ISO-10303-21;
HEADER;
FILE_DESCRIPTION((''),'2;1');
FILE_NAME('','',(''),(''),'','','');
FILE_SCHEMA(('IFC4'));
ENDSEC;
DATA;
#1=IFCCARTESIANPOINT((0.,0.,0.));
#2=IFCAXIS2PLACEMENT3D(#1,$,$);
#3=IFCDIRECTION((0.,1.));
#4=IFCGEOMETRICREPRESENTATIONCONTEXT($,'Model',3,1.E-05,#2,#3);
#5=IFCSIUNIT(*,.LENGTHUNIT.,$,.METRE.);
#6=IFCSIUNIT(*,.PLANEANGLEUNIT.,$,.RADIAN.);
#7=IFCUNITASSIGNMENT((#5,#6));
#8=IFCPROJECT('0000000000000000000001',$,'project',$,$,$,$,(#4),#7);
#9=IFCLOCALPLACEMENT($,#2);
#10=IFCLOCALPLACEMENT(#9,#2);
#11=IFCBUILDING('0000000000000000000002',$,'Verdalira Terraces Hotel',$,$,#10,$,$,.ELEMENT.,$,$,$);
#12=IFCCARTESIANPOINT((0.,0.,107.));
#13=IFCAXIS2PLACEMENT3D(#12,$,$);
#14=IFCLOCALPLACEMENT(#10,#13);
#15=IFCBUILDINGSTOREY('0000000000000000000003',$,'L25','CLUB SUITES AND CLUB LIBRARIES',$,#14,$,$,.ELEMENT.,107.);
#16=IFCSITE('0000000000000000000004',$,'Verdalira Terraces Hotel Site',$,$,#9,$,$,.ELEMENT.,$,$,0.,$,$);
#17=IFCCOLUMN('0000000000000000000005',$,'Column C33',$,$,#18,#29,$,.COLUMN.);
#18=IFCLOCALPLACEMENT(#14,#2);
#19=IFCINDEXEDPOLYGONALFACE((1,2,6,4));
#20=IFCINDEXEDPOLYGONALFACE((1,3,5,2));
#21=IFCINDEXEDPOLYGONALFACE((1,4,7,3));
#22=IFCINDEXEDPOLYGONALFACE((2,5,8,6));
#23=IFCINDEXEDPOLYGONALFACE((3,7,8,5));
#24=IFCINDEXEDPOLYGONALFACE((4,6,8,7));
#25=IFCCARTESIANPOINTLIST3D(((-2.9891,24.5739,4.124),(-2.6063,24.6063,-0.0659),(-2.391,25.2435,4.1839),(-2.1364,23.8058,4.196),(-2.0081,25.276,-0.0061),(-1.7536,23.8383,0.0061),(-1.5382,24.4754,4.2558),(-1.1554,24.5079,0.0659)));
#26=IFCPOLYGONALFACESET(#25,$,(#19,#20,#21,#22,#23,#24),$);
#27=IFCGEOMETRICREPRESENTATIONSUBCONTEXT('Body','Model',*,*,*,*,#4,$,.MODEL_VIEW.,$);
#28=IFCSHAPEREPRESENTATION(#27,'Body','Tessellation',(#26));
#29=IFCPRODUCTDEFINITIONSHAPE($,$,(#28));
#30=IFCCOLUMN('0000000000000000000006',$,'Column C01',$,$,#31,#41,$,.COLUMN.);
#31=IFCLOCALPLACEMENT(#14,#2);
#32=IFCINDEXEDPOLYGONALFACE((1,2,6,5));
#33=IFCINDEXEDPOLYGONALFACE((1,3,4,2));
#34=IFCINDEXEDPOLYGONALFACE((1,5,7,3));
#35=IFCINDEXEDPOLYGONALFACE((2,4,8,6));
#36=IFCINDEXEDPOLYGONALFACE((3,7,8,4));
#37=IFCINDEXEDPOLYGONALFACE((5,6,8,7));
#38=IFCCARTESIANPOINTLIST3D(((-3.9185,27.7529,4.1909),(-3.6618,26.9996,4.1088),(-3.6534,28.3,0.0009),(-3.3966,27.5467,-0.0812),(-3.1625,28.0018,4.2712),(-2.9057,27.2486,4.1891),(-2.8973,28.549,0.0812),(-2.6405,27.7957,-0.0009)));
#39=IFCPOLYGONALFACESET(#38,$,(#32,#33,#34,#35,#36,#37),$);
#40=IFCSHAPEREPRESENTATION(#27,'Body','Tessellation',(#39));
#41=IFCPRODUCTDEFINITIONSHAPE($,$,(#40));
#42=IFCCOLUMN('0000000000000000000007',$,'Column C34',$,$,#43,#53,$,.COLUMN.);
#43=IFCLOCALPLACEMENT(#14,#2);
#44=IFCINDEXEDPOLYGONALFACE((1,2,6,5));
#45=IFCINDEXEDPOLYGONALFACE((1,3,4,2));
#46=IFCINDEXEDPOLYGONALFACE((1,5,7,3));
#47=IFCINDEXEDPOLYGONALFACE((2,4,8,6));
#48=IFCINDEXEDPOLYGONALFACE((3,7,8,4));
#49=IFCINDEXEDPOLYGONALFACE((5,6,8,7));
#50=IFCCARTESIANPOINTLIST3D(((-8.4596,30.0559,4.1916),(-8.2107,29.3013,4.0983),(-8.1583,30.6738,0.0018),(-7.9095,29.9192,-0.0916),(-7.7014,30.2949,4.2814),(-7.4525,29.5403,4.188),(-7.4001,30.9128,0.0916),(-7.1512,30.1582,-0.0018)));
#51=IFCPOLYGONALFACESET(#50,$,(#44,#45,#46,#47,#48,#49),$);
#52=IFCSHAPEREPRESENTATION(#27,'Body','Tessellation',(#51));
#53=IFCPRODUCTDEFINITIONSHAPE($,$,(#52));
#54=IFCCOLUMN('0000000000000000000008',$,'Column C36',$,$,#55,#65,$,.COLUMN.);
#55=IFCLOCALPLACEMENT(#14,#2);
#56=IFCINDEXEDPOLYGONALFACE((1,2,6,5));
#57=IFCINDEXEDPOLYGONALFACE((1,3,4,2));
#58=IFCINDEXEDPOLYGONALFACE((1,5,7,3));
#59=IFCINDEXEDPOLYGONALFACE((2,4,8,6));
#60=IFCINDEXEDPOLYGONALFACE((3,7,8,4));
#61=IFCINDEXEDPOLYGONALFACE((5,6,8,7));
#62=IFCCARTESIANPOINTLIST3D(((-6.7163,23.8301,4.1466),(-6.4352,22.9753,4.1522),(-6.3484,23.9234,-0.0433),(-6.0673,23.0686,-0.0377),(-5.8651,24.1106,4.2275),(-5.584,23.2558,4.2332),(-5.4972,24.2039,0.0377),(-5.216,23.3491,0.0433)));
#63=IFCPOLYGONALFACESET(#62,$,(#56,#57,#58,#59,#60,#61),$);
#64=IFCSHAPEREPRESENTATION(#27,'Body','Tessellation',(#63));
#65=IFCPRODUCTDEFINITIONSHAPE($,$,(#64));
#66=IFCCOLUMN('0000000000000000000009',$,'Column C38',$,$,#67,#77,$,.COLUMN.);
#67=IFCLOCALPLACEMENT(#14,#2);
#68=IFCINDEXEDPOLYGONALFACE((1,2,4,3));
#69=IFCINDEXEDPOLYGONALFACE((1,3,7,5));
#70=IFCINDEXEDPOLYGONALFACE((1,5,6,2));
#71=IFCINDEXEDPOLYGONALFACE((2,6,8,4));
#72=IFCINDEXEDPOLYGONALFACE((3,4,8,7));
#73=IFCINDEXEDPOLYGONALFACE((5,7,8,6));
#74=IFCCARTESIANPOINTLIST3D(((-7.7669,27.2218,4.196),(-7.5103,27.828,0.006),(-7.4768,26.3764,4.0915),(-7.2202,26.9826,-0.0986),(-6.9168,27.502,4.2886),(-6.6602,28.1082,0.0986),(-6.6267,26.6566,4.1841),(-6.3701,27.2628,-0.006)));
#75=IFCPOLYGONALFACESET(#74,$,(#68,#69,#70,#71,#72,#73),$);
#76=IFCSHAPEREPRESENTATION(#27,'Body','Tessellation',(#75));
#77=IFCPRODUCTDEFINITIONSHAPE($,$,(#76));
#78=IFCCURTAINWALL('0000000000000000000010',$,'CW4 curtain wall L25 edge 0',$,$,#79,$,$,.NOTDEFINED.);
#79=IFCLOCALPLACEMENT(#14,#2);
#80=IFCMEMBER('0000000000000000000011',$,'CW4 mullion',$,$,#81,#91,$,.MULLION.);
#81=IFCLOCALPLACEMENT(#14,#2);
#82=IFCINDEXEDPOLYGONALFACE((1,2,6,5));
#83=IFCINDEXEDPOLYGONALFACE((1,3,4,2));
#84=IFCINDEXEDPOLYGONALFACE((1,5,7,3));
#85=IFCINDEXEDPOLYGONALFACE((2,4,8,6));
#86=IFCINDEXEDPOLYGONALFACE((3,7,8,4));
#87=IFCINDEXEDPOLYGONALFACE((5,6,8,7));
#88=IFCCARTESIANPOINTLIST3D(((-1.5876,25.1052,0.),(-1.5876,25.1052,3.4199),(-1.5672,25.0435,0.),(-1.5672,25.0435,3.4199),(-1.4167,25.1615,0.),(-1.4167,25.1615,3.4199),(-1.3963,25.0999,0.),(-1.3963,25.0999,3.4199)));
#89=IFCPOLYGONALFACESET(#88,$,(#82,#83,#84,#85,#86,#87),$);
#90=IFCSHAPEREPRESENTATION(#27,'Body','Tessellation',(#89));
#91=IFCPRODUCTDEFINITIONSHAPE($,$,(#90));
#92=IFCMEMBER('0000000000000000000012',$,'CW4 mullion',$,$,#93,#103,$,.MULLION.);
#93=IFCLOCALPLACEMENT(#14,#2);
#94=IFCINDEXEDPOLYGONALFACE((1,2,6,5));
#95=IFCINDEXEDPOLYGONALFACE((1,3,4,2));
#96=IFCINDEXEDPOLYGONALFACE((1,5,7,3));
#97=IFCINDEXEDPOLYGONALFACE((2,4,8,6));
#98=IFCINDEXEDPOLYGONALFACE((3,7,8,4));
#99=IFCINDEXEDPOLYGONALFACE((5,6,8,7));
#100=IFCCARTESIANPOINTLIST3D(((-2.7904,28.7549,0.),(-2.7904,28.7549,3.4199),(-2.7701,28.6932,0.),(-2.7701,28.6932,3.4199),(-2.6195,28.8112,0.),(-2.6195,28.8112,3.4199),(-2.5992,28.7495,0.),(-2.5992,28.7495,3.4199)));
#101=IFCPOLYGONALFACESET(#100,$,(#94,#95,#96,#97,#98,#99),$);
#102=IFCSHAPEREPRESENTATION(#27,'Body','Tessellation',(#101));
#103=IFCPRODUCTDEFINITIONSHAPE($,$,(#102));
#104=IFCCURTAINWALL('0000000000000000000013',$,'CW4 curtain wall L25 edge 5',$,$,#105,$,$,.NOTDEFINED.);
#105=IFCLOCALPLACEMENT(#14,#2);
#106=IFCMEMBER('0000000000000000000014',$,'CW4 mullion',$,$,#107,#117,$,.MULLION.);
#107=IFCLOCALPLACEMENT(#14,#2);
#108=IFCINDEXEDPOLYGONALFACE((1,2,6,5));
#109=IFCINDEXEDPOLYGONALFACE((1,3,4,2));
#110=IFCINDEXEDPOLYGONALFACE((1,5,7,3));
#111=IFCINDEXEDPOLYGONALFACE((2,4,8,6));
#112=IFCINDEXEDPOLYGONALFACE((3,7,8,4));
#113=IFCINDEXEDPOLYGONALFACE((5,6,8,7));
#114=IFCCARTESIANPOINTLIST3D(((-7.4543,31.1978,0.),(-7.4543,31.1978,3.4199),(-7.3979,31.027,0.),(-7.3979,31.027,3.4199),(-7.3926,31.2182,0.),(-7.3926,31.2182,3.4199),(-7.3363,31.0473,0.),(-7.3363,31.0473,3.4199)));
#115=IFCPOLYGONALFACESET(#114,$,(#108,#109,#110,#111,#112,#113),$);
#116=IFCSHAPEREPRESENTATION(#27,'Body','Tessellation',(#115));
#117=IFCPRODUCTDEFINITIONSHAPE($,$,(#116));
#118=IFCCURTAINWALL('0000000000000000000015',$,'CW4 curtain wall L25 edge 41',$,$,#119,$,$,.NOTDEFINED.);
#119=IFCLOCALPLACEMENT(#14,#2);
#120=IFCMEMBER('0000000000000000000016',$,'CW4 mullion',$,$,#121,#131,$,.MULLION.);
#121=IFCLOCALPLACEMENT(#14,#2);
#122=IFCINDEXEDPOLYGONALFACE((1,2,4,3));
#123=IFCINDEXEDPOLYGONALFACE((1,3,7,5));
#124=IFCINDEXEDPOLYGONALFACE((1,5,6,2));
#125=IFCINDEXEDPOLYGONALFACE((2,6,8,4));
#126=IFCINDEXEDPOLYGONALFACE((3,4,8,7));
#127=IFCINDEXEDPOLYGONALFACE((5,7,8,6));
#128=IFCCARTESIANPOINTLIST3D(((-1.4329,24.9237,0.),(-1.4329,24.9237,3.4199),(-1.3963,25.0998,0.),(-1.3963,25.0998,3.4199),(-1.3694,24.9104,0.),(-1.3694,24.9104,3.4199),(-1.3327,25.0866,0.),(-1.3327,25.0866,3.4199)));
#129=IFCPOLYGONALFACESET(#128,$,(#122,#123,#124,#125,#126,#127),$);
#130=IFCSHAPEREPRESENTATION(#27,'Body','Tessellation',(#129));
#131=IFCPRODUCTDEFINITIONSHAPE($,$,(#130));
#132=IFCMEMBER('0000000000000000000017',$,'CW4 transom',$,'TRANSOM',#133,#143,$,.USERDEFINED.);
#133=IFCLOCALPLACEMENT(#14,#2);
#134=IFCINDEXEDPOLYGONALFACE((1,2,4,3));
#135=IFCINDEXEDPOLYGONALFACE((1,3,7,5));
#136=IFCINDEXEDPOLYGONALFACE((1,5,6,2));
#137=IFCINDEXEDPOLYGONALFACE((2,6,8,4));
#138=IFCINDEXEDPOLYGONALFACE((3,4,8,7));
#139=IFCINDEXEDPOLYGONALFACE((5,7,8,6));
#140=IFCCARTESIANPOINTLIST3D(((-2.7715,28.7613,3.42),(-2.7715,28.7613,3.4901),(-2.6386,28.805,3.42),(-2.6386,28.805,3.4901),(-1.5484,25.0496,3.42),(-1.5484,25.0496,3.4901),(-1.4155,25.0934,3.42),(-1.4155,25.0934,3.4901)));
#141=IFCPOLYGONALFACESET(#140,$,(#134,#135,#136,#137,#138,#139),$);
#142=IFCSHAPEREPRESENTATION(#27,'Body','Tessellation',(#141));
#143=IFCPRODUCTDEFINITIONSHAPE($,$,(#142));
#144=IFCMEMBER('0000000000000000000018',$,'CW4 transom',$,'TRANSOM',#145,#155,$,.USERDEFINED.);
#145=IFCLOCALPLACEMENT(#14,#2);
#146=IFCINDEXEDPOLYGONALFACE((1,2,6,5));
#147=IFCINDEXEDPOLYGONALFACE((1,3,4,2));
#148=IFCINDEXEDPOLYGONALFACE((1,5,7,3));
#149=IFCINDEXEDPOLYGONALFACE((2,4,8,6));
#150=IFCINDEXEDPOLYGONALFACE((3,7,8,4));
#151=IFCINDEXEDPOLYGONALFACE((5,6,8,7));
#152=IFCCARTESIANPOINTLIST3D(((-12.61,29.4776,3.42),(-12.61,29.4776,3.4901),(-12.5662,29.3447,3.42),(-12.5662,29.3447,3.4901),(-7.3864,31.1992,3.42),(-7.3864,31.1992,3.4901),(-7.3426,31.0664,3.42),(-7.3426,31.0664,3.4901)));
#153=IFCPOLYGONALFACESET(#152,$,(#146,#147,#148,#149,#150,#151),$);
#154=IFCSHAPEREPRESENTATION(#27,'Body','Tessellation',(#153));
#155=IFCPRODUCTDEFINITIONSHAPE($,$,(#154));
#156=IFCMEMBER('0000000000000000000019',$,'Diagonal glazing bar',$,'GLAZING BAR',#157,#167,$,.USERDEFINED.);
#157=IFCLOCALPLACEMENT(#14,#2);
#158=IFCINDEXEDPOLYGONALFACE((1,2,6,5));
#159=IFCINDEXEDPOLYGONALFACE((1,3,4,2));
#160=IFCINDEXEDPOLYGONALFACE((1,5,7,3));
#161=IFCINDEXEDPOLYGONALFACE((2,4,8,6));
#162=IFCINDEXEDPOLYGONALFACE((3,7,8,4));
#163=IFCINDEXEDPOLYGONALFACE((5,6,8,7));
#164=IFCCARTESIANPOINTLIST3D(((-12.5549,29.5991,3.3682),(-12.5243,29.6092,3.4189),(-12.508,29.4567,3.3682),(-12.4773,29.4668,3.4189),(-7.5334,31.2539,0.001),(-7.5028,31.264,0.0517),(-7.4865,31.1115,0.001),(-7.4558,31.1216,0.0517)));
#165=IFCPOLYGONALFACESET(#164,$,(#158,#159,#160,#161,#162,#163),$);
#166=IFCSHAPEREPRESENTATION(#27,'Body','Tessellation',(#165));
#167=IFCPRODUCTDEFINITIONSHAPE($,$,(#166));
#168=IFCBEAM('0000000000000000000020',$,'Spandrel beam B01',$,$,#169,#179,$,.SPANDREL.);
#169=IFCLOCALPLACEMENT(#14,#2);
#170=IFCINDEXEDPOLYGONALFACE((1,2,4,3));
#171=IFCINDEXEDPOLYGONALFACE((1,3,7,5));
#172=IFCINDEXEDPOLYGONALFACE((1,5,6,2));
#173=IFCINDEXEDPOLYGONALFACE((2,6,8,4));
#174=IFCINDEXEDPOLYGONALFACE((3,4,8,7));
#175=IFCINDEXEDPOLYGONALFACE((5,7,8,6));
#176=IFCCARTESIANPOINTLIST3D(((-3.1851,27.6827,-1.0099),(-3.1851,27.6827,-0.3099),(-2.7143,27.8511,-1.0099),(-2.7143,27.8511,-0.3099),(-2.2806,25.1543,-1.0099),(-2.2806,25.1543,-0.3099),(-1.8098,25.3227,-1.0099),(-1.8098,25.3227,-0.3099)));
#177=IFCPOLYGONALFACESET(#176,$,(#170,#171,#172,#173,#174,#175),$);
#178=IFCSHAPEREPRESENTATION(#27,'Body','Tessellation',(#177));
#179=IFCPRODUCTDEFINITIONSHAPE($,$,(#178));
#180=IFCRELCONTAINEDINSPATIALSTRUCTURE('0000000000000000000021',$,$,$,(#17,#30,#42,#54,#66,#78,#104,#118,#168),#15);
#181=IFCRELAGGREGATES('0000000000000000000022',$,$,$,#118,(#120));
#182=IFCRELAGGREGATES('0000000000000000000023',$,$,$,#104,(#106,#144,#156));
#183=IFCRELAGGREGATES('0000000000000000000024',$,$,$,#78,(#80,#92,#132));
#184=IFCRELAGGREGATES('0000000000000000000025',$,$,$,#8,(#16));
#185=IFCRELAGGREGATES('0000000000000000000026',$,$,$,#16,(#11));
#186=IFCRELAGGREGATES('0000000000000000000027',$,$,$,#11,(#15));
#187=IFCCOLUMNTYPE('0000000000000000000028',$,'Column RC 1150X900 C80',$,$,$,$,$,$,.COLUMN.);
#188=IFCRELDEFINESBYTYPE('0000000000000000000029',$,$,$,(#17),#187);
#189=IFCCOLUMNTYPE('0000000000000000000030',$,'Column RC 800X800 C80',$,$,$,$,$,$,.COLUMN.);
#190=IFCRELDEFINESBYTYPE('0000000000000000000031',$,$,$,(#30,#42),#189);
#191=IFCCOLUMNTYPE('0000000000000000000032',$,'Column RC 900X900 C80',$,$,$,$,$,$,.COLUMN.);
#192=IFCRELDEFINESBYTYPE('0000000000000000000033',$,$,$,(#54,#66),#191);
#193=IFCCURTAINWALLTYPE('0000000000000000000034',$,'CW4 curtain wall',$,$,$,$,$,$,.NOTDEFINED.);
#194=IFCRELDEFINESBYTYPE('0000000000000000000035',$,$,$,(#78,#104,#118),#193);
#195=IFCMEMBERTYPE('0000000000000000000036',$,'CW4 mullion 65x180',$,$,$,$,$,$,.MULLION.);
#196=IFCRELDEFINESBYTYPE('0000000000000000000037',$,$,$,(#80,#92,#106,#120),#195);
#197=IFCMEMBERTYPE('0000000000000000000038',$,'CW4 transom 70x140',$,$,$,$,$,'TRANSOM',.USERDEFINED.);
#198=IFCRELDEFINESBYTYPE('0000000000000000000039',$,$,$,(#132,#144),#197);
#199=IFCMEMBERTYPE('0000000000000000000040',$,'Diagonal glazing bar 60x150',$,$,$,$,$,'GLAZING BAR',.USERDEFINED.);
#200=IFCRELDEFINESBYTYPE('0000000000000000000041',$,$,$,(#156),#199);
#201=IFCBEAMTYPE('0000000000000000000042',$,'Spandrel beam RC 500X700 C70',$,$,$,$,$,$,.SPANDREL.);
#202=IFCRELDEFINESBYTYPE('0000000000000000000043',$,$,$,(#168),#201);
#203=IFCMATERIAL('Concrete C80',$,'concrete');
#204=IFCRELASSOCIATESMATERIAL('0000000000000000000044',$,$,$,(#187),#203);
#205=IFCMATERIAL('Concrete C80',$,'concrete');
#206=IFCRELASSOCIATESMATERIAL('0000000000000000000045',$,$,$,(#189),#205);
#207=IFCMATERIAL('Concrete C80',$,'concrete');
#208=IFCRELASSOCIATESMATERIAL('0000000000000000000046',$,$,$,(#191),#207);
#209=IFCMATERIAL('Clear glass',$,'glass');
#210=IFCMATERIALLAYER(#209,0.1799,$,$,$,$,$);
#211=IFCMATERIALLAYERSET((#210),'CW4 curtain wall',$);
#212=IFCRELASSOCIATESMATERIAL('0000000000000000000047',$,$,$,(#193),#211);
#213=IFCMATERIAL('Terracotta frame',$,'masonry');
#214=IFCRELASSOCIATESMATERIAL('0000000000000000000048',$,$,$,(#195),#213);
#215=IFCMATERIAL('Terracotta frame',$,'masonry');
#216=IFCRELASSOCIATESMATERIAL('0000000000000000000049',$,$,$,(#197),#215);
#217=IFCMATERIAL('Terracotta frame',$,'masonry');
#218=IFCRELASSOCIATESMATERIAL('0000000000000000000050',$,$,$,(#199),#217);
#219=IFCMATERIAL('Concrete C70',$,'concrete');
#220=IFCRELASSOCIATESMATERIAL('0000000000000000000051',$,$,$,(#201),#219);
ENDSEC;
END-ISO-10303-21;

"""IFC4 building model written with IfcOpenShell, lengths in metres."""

from ifc_helpers import new_model, si_unit, direction, frame, origin, origin_2d, place, context, subcontext, project, spatial, rectangle, extrude, material, layer, layer_set, material_profile, profile_set, type_object, element, aggregate, save


model = new_model("IFC4")

# Units and contexts
model_context = context("Model", 3, precision=1e-05, world=origin(), true_north=direction((0.0, 1.0)))
body_context = subcontext(model_context, "Body", "Model", "MODEL_VIEW")
ifc_project = project(units=[si_unit("LENGTHUNIT", "METRE"), si_unit("PLANEANGLEUNIT", "RADIAN")], contexts=[model_context])

# Site, building, storey
site_placement = place(None, origin())
site = spatial("IfcSite", under=ifc_project, at=site_placement, Name="Verdalira Terraces Hotel Site", CompositionType="ELEMENT", RefElevation=0.0)
building_placement = place(site_placement, origin())
building = spatial("IfcBuilding", under=site, at=building_placement, Name="Verdalira Terraces Hotel", CompositionType="ELEMENT")
storey_placement = place(building_placement, frame((0.0, 0.0, 107.0)))
storey = spatial("IfcBuildingStorey", under=building, at=storey_placement, Name="L25", Description="CLUB SUITES AND CLUB LIBRARIES", CompositionType="ELEMENT", Elevation=107.0)

# Columns
ifc_material_1 = material(Name="Concrete C80", Category="concrete")
ifc_material_profile_1 = material_profile(ifc_material_1, rectangle(XDim=1.1499, YDim=0.8999, at=origin_2d()), Name="RC 1150X900")
ifc_profile_set_1 = profile_set([ifc_material_profile_1], Name="Concrete C80")
column_type_1 = type_object("IfcColumnType", Name="Column RC 1150X900 C80", PredefinedType="COLUMN", material=ifc_profile_set_1)
column_1_placement = place(storey_placement, frame((-1.8809, 24.5571, 0.0), z_axis=(-0.090983, -0.007717, 0.995823), x_axis=(0.741562, -0.66796, 0.062576)))
element("IfcColumn", 1, at=column_1_placement, inside=storey, type_object=column_type_1, Name="Column C33", PredefinedType="COLUMN", context=body_context, shape_type="SweptSolid", body=[
    extrude(rectangle(XDim=1.1499, YDim=0.8999, at=origin_2d()), origin(), (0.0, 0.0, 1.0), 4.2075),
])
ifc_material_2 = material(Name="Concrete C80", Category="concrete")
ifc_material_profile_2 = material_profile(ifc_material_2, rectangle(XDim=0.8, YDim=0.8, at=origin_2d()), Name="RC 800X800")
ifc_profile_set_2 = profile_set([ifc_material_profile_2], Name="Concrete C80")
column_type_2 = type_object("IfcColumnType", Name="Column RC 800X800 C80", PredefinedType="COLUMN", material=ifc_profile_set_2)
column_2_placement = place(storey_placement, frame((-3.147, 28.0479, 0.0), z_axis=(-0.062623, -0.129226, 0.989636), x_axis=(-0.320961, 0.941515, 0.102632)))
element("IfcColumn", 2, at=column_2_placement, inside=storey, type_object=column_type_2, Name="Column C01", PredefinedType="COLUMN", context=body_context, shape_type="SweptSolid", body=[
    extrude(rectangle(XDim=0.8, YDim=0.8, at=origin_2d()), origin(), (0.0, 0.0, 1.0), 4.2339),
])
column_3_placement = place(storey_placement, frame((-7.6548, 30.416, 0.0), z_axis=(-0.070954, -0.145531, 0.986806), x_axis=(-0.94774, -0.298666, -0.112192)))
element("IfcColumn", 3, at=column_3_placement, inside=storey, type_object=column_type_2, Name="Column C34", PredefinedType="COLUMN", context=body_context, shape_type="SweptSolid", body=[
    extrude(rectangle(XDim=0.8, YDim=0.8, at=origin_2d()), origin(), (0.0, 0.0, 1.0), 4.2458),
])
ifc_material_3 = material(Name="Concrete C80", Category="concrete")
ifc_material_profile_3 = material_profile(ifc_material_3, rectangle(XDim=0.8999, YDim=0.8999, at=origin_2d()), Name="RC 900X900")
ifc_profile_set_3 = profile_set([ifc_material_profile_3], Name="Concrete C80")
column_type_3 = type_object("IfcColumnType", Name="Column RC 900X900 C80", PredefinedType="COLUMN", material=ifc_profile_set_3)
column_4_placement = place(storey_placement, frame((-5.7822, 23.6362, 0.0), z_axis=(-0.087452, -0.022168, 0.995922), x_axis=(-0.312412, 0.949926, -0.006289)))
element("IfcColumn", 4, at=column_4_placement, inside=storey, type_object=column_type_3, Name="Column C36", PredefinedType="COLUMN", context=body_context, shape_type="SweptSolid", body=[
    extrude(rectangle(XDim=0.8999, YDim=0.8999, at=origin_2d()), origin(), (0.0, 0.0, 1.0), 4.207),
])
column_5_placement = place(storey_placement, frame((-6.9402, 27.5454, 0.0), z_axis=(-0.060498, -0.142927, 0.987883), x_axis=(-0.32234, 0.939467, 0.116182)))
element("IfcColumn", 5, at=column_5_placement, inside=storey, type_object=column_type_3, Name="Column C38", PredefinedType="COLUMN", context=body_context, shape_type="SweptSolid", body=[
    extrude(rectangle(XDim=0.8999, YDim=0.8999, at=origin_2d()), origin(), (0.0, 0.0, 1.0), 4.2415),
])

# Curtain wall, members
ifc_material_4 = material(Name="Clear glass", Category="glass")
ifc_layer_1 = layer(ifc_material_4, 0.1799)
ifc_layer_set_1 = layer_set([ifc_layer_1], Name="CW4 curtain wall")
curtain_wall_type = type_object("IfcCurtainWallType", Name="CW4 curtain wall", PredefinedType="NOTDEFINED", material=ifc_layer_set_1)
curtain_wall_1_placement = place(storey_placement, origin())
curtain_wall_1 = element("IfcCurtainWall", 6, at=curtain_wall_1_placement, inside=storey, type_object=curtain_wall_type, Name="CW4 curtain wall L25 edge 0", PredefinedType="NOTDEFINED")
ifc_material_5 = material(Name="Terracotta frame", Category="masonry")
ifc_material_profile_4 = material_profile(ifc_material_5, rectangle(XDim=0.0649, YDim=0.1799, at=origin_2d()), Name="MU 65x180")
ifc_profile_set_4 = profile_set([ifc_material_profile_4], Name="Terracotta frame")
member_type_1 = type_object("IfcMemberType", Name="CW4 mullion 65x180", PredefinedType="MULLION", material=ifc_profile_set_4)
member_1_placement = place(storey_placement, frame((-1.4919, 25.1025, 0.0), z_axis=(0.0, 0.0, 1.0), x_axis=(-0.312998, 0.949754, 0.0)))
member_1 = element("IfcMember", 7, at=member_1_placement, type_object=member_type_1, Name="CW4 mullion", PredefinedType="MULLION", context=body_context, shape_type="SweptSolid", body=[
    extrude(rectangle(XDim=0.0649, YDim=0.1799, at=origin_2d()), origin(), (0.0, 0.0, 1.0), 3.4199),
])
member_2_placement = place(storey_placement, frame((-2.6948, 28.7522, 0.0), z_axis=(0.0, 0.0, 1.0), x_axis=(-0.312998, 0.949754, 0.0)))
member_2 = element("IfcMember", 8, at=member_2_placement, type_object=member_type_1, Name="CW4 mullion", PredefinedType="MULLION", context=body_context, shape_type="SweptSolid", body=[
    extrude(rectangle(XDim=0.0649, YDim=0.1799, at=origin_2d()), origin(), (0.0, 0.0, 1.0), 3.4199),
])

# Curtain walls, members
curtain_wall_2_placement = place(storey_placement, origin())
curtain_wall_2 = element("IfcCurtainWall", 9, at=curtain_wall_2_placement, inside=storey, type_object=curtain_wall_type, Name="CW4 curtain wall L25 edge 5", PredefinedType="NOTDEFINED")
member_3_placement = place(storey_placement, frame((-7.3953, 31.1226, 0.0), z_axis=(0.0, 0.0, 1.0), x_axis=(-0.949754, -0.312998, 0.0)))
member_3 = element("IfcMember", 10, at=member_3_placement, type_object=member_type_1, Name="CW4 mullion", PredefinedType="MULLION", context=body_context, shape_type="SweptSolid", body=[
    extrude(rectangle(XDim=0.0649, YDim=0.1799, at=origin_2d()), origin(), (0.0, 0.0, 1.0), 3.4199),
])
curtain_wall_3_placement = place(storey_placement, origin())
curtain_wall_3 = element("IfcCurtainWall", 11, at=curtain_wall_3_placement, inside=storey, type_object=curtain_wall_type, Name="CW4 curtain wall L25 edge 41", PredefinedType="NOTDEFINED")
member_4_placement = place(storey_placement, frame((-1.3828, 25.0051, 0.0), z_axis=(0.0, 0.0, 1.0), x_axis=(-0.97901, 0.203813, 0.0)))
member_4 = element("IfcMember", 12, at=member_4_placement, type_object=member_type_1, Name="CW4 mullion", PredefinedType="MULLION", context=body_context, shape_type="SweptSolid", body=[
    extrude(rectangle(XDim=0.0649, YDim=0.1799, at=origin_2d()), origin(), (0.0, 0.0, 1.0), 3.4199),
])
aggregate(curtain_wall_3, [member_4])

# Members
ifc_material_6 = material(Name="Terracotta frame", Category="masonry")
ifc_material_profile_5 = material_profile(ifc_material_6, rectangle(XDim=0.1399, YDim=0.0701, at=origin_2d()), Name="TR 70x140")
ifc_profile_set_5 = profile_set([ifc_material_profile_5], Name="Terracotta frame")
member_type_2 = type_object("IfcMemberType", Name="CW4 transom 70x140", ElementType="TRANSOM", PredefinedType="USERDEFINED", material=ifc_profile_set_5)
member_5_placement = place(storey_placement, frame((-1.4819, 25.0715, 3.4551), z_axis=(-0.312984, 0.949759, 0.0), x_axis=(-0.949759, -0.312984, 0.0)))
member_5 = element("IfcMember", 13, at=member_5_placement, type_object=member_type_2, Name="CW4 transom", ObjectType="TRANSOM", PredefinedType="USERDEFINED", context=body_context, shape_type="SweptSolid", body=[
    extrude(rectangle(XDim=0.1399, YDim=0.0701, at=origin_2d()), origin(), (0.0, 0.0, 1.0), 3.908),
])
member_6_placement = place(storey_placement, frame((-7.3645, 31.1328, 3.4551), z_axis=(-0.949743, -0.31303, 0.0), x_axis=(0.31303, -0.949743, 0.0)))
member_6 = element("IfcMember", 14, at=member_6_placement, type_object=member_type_2, Name="CW4 transom", ObjectType="TRANSOM", PredefinedType="USERDEFINED", context=body_context, shape_type="SweptSolid", body=[
    extrude(rectangle(XDim=0.1399, YDim=0.0701, at=origin_2d()), origin(), (0.0, 0.0, 1.0), 5.5),
])
ifc_material_7 = material(Name="Terracotta frame", Category="masonry")
ifc_material_profile_6 = material_profile(ifc_material_7, rectangle(XDim=0.1499, YDim=0.0601, at=origin_2d()), Name="GB 60x150")
ifc_profile_set_6 = profile_set([ifc_material_profile_6], Name="Terracotta frame")
member_type_3 = type_object("IfcMemberType", Name="Diagonal glazing bar 60x150", ElementType="GLAZING BAR", PredefinedType="USERDEFINED", material=ifc_profile_set_6)
member_7_placement = place(storey_placement, frame((-7.4946, 31.1877, 0.0264), z_axis=(-0.801092, -0.263993, 0.537177), x_axis=(0.312984, -0.949758, 0.0)))
member_7 = element("IfcMember", 15, at=member_7_placement, type_object=member_type_3, Name="Diagonal glazing bar", ObjectType="GLAZING BAR", PredefinedType="USERDEFINED", context=body_context, shape_type="SweptSolid", body=[
    extrude(rectangle(XDim=0.1499, YDim=0.0601, at=origin_2d()), origin(), (0.0, 0.0, 1.0), 6.2683),
])
aggregate(curtain_wall_2, [member_3, member_6, member_7])

# Beam
ifc_material_8 = material(Name="Concrete C70", Category="concrete")
ifc_material_profile_7 = material_profile(ifc_material_8, rectangle(XDim=0.5, YDim=0.7, at=origin_2d()), Name="RC 500X700")
ifc_profile_set_7 = profile_set([ifc_material_profile_7], Name="Concrete C70")
beam_type = type_object("IfcBeamType", Name="Spandrel beam RC 500X700 C70", PredefinedType="SPANDREL", material=ifc_profile_set_7)
beam_placement = place(storey_placement, frame((-2.0452, 25.2385, -0.6599), z_axis=(-0.336855, 0.941557, 0.0), x_axis=(-0.941557, -0.336855, 0.0)))
element("IfcBeam", 16, at=beam_placement, inside=storey, type_object=beam_type, Name="Spandrel beam B01", PredefinedType="SPANDREL", context=body_context, shape_type="SweptSolid", body=[
    extrude(rectangle(XDim=0.5, YDim=0.7, at=origin_2d()), origin(), (0.0, 0.0, 1.0), 2.6853),
])

aggregate(curtain_wall_1, [member_1, member_2, member_5])

save(model, "model.ifc")
